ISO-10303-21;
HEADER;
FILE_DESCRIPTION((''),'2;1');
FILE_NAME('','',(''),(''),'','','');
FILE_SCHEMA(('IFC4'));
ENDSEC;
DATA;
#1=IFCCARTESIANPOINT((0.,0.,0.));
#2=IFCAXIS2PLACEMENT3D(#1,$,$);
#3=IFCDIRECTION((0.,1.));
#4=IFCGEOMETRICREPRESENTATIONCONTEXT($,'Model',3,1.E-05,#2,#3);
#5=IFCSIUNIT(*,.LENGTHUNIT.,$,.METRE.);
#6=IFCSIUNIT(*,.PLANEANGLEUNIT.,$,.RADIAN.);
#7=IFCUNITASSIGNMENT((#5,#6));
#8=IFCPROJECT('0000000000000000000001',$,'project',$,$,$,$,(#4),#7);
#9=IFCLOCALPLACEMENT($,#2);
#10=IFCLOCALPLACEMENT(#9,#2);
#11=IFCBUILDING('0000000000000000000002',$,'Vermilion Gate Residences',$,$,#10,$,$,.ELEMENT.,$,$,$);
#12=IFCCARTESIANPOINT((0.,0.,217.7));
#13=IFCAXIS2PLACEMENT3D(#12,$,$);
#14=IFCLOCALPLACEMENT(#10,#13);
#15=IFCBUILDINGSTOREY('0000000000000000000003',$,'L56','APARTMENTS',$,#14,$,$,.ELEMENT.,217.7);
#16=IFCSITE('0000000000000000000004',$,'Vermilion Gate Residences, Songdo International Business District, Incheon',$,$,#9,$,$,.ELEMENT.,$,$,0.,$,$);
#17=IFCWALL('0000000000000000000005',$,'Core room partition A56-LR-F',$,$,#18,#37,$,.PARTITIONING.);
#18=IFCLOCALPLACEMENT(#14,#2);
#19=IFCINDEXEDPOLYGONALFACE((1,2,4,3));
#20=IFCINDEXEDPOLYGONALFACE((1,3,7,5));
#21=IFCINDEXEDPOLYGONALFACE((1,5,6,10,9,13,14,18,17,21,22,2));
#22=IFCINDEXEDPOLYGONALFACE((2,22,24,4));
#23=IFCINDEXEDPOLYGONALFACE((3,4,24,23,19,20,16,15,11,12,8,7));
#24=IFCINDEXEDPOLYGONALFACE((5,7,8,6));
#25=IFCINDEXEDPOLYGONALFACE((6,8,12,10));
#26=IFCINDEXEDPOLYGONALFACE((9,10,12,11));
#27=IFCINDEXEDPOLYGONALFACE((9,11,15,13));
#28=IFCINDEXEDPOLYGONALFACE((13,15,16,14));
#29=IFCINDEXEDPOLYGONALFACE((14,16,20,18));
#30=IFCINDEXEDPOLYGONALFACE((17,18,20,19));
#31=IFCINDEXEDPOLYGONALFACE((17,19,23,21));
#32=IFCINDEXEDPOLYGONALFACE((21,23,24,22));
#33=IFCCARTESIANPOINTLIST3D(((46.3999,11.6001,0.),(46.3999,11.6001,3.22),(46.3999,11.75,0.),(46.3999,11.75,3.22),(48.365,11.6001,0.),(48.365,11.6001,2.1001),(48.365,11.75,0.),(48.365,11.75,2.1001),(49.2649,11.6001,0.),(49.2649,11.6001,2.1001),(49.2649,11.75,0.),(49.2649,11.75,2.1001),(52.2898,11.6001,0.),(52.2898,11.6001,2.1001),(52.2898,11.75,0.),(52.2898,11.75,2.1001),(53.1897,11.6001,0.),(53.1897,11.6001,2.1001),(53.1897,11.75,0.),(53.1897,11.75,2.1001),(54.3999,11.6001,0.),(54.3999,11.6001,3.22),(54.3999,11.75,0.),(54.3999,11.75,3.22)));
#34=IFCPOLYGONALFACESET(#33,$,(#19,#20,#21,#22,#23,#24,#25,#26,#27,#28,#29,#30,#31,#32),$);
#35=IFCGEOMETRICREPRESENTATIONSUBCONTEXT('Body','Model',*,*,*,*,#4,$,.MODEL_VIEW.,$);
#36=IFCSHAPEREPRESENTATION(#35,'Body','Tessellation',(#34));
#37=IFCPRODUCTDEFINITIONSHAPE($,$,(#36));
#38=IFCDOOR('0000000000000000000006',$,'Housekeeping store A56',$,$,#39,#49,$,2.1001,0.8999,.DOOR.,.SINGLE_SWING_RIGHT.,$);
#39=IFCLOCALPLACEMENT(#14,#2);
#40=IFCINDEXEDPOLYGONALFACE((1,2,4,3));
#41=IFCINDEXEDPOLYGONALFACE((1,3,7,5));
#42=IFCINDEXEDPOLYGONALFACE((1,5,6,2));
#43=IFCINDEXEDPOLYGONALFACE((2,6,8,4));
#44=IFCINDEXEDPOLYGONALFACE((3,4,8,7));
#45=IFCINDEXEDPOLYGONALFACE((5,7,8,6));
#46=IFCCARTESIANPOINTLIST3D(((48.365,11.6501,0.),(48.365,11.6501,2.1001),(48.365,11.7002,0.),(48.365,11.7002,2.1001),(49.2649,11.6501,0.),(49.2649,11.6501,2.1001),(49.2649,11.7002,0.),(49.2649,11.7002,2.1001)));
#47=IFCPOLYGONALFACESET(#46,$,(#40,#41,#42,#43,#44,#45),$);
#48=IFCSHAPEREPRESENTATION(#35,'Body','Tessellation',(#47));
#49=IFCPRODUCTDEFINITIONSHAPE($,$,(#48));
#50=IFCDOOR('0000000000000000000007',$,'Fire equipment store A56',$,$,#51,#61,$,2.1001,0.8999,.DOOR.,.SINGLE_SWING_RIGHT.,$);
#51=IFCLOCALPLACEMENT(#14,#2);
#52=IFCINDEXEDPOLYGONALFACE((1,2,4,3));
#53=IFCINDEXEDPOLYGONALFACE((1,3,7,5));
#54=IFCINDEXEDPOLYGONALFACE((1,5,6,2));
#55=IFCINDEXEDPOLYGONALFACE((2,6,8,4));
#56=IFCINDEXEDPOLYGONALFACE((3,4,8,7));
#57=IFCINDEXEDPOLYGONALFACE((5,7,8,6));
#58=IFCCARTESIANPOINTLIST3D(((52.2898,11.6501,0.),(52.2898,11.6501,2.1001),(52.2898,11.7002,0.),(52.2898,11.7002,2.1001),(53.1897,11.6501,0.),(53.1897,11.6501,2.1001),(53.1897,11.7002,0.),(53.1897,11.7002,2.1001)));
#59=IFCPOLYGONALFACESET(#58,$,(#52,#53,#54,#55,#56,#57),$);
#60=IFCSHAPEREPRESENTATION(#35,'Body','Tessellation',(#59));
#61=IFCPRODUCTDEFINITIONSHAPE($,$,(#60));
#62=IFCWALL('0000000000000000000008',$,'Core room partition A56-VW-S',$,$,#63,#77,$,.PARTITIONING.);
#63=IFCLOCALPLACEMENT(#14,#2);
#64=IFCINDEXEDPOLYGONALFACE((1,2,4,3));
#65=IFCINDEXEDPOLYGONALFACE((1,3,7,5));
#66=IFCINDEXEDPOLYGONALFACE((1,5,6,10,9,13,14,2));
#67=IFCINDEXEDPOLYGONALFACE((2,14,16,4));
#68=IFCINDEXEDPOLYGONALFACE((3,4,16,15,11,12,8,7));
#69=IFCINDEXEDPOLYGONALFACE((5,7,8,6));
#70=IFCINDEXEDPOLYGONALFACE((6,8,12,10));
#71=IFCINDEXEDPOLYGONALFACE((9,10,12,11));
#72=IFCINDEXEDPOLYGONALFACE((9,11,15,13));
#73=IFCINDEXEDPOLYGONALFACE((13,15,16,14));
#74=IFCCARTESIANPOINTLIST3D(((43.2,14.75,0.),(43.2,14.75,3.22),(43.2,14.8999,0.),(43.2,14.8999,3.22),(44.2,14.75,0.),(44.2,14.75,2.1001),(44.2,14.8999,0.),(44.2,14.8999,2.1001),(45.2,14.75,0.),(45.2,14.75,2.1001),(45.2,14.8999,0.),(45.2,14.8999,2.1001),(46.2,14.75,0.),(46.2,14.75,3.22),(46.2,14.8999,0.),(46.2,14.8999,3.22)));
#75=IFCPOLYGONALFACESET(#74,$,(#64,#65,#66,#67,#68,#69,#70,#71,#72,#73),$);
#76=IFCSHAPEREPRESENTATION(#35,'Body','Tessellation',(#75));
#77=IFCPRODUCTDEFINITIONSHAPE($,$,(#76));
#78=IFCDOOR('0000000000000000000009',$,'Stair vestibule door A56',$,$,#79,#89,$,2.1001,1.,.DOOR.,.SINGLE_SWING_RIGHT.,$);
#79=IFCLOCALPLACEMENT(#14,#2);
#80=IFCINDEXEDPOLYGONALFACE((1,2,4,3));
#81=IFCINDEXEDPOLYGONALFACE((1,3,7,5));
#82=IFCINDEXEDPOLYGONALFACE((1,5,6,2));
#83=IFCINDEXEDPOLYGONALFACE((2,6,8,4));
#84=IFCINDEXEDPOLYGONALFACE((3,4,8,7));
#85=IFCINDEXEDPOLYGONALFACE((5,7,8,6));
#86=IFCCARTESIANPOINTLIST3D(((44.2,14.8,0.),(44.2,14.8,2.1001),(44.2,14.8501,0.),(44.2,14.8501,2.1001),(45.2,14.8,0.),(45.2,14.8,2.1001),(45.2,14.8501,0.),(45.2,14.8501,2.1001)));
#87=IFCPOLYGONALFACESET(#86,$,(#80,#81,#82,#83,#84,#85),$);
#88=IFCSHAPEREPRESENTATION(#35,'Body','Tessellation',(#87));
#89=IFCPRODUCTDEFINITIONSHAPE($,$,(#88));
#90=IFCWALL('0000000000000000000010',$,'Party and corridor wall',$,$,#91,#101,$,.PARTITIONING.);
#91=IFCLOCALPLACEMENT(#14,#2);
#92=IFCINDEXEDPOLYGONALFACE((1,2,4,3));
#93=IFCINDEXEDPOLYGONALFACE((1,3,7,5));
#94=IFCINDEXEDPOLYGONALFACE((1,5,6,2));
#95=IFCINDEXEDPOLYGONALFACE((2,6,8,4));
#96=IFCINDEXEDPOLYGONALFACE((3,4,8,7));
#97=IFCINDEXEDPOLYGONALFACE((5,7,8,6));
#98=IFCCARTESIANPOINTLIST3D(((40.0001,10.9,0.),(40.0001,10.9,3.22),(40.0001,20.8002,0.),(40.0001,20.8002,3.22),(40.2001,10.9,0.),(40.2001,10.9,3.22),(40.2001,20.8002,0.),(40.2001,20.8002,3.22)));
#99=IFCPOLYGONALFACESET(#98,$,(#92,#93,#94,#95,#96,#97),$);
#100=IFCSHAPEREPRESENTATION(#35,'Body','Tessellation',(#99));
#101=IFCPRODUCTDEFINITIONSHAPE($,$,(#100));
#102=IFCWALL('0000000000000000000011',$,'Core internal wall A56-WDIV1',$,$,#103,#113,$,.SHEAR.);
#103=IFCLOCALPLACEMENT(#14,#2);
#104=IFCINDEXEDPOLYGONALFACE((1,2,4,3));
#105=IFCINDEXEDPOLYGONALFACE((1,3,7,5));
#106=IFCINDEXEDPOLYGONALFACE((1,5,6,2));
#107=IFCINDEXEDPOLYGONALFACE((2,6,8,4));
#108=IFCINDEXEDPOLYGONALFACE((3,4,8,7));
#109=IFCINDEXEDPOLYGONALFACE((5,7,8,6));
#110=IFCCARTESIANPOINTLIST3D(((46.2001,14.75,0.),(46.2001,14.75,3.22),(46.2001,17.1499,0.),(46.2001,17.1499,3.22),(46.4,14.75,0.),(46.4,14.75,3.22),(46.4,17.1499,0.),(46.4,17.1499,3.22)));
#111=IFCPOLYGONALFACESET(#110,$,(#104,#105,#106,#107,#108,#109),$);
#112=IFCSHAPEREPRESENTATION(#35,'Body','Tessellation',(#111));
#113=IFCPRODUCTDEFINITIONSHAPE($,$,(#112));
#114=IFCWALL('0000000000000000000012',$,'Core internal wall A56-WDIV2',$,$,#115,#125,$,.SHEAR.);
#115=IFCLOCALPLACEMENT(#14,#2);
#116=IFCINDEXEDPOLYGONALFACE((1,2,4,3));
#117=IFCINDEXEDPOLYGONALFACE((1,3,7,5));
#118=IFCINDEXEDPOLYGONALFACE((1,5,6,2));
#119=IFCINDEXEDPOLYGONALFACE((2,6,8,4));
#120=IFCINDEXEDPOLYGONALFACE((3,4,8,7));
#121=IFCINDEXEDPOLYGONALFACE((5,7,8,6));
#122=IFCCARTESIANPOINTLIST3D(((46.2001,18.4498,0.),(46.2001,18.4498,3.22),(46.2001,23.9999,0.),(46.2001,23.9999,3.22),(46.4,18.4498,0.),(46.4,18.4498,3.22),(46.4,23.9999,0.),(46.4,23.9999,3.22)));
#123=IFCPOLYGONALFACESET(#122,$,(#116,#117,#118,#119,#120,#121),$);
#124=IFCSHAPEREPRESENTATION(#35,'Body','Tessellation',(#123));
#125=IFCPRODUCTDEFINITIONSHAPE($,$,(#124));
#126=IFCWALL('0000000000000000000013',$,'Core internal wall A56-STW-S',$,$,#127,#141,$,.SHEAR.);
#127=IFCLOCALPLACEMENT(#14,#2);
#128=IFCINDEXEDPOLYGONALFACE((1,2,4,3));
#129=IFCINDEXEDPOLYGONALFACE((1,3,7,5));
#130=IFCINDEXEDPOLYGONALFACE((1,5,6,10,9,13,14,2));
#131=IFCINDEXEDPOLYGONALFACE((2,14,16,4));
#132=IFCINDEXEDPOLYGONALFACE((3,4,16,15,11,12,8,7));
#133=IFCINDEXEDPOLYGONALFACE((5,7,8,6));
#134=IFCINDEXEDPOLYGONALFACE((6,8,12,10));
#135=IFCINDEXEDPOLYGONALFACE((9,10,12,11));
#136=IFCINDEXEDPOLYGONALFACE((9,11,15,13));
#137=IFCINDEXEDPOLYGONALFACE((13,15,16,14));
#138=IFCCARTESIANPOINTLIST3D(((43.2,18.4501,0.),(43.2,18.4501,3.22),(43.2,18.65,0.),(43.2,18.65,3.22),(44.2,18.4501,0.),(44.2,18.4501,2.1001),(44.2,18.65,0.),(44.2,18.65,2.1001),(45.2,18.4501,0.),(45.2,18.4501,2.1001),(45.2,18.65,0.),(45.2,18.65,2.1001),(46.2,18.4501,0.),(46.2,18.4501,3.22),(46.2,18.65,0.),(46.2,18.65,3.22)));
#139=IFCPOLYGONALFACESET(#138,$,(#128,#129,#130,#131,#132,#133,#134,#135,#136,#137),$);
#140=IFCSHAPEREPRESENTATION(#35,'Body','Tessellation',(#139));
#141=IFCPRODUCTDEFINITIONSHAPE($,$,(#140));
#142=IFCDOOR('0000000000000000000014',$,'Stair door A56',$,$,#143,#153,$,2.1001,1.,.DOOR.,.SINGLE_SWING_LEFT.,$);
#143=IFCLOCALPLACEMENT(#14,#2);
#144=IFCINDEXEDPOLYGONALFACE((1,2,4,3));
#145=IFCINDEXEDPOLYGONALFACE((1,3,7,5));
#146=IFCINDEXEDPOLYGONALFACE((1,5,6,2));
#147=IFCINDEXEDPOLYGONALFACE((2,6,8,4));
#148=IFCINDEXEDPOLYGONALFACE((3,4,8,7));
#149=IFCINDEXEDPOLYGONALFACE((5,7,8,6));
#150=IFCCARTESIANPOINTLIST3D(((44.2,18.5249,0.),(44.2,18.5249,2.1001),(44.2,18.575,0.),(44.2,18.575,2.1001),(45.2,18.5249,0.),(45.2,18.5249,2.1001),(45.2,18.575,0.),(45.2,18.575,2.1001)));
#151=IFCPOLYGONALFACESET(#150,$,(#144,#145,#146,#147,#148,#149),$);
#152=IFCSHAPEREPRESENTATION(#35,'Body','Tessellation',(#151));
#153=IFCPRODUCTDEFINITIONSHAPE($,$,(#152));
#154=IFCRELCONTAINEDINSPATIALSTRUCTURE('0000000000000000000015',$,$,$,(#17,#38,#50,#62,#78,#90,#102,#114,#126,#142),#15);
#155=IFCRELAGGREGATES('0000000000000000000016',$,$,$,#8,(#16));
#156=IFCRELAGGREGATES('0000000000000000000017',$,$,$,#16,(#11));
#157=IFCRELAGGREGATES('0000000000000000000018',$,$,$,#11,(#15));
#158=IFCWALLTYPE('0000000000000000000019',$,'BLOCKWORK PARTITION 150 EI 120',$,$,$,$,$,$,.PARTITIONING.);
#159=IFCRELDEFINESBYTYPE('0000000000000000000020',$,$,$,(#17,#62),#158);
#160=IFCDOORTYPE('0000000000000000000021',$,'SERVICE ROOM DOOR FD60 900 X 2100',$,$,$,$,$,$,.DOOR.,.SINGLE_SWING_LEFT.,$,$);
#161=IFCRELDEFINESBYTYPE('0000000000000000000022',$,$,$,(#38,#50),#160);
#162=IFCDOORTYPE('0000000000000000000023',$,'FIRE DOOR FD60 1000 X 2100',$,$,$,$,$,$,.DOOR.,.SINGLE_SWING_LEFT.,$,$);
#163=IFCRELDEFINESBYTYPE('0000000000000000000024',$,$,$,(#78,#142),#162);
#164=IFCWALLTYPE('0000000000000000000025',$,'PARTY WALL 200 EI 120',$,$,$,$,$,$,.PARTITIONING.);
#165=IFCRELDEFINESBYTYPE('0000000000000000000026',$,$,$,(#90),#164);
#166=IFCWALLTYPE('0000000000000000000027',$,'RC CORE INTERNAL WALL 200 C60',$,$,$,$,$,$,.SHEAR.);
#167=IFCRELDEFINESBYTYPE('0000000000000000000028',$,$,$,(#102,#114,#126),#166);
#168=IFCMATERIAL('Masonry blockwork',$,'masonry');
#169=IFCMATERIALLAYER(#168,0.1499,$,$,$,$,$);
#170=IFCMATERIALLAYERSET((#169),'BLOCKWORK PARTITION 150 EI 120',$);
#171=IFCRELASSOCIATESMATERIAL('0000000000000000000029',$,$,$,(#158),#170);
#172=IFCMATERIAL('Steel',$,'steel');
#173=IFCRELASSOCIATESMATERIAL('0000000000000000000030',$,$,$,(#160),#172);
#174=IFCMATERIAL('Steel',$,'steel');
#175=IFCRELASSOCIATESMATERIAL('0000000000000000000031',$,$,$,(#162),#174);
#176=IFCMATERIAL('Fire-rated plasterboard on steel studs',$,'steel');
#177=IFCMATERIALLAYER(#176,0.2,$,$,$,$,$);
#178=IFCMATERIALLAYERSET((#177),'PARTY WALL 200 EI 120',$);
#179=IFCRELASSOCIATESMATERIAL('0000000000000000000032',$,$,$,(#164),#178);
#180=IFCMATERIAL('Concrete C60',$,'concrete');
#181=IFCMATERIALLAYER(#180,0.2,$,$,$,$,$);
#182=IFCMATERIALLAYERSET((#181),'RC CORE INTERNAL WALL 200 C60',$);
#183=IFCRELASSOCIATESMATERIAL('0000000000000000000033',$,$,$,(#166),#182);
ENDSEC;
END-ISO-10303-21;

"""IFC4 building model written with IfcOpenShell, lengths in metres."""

from ifc_helpers import new_model, si_unit, direction, frame, frame_2d, origin, place, context, subcontext, project, spatial, rectangle, extrude, material, layer, layer_set, type_object, element, fill, save


model = new_model("IFC4")

# Units and contexts
model_context = context("Model", 3, precision=1e-05, world=origin(), true_north=direction((0.0, 1.0)))
body_context = subcontext(model_context, "Body", "Model", "MODEL_VIEW")
ifc_project = project(units=[si_unit("LENGTHUNIT", "METRE"), si_unit("PLANEANGLEUNIT", "RADIAN")], contexts=[model_context])

# Site, building, storey
site_placement = place(None, origin())
site = spatial("IfcSite", under=ifc_project, at=site_placement, Name="Vermilion Gate Residences, Songdo International Business District, Incheon", CompositionType="ELEMENT", RefElevation=0.0)
building_placement = place(site_placement, origin())
building = spatial("IfcBuilding", under=site, at=building_placement, Name="Vermilion Gate Residences", CompositionType="ELEMENT")
storey_placement = place(building_placement, frame((0.0, 0.0, 217.7)))
storey = spatial("IfcBuildingStorey", under=building, at=storey_placement, Name="L56", Description="APARTMENTS", CompositionType="ELEMENT", Elevation=217.7)

# Wall, openings, doors
ifc_material_1 = material(Name="Masonry blockwork", Category="masonry")
ifc_layer_1 = layer(ifc_material_1, 0.1499)
ifc_layer_set_1 = layer_set([ifc_layer_1], Name="BLOCKWORK PARTITION 150 EI 120")
wall_type_1 = type_object("IfcWallType", Name="BLOCKWORK PARTITION 150 EI 120", PredefinedType="PARTITIONING", material=ifc_layer_set_1)
wall_1_placement = place(storey_placement, frame((46.3999, 11.675, 0.0), z_axis=(0.0, 0.0, 1.0), x_axis=(1.0, 0.0, 0.0)))
wall_1 = element("IfcWall", 1, at=wall_1_placement, inside=storey, type_object=wall_type_1, Name="Core room partition A56-LR-F", PredefinedType="PARTITIONING", context=body_context, shape_type="SweptSolid", body=[
    extrude(rectangle(XDim=8.0, YDim=0.1499, at=frame_2d((4.0, 0.0))), origin(), (0.0, 0.0, 1.0), 3.22),
])
opening_1_placement = place(wall_1_placement, frame((1.9651, 0.0, 0.0)))
opening_1 = element("IfcOpeningElement", 2, at=opening_1_placement, cuts=wall_1, PredefinedType="OPENING", context=body_context, shape_type="SweptSolid", body=[
    extrude(rectangle(XDim=0.8999, YDim=2.1001, at=frame_2d((0.45, 1.05))), frame((0.0, 0.085, 0.0), z_axis=(0.0, -1.0, 0.0), x_axis=(1.0, 0.0, 0.0)), (0.0, 0.0, 1.0), 0.1699),
])
opening_2_placement = place(wall_1_placement, frame((5.8899, 0.0, 0.0)))
opening_2 = element("IfcOpeningElement", 3, at=opening_2_placement, cuts=wall_1, PredefinedType="OPENING", context=body_context, shape_type="SweptSolid", body=[
    extrude(rectangle(XDim=0.8999, YDim=2.1001, at=frame_2d((0.45, 1.05))), frame((0.0, 0.085, 0.0), z_axis=(0.0, -1.0, 0.0), x_axis=(1.0, 0.0, 0.0)), (0.0, 0.0, 1.0), 0.1699),
])
ifc_material_2 = material(Name="Steel", Category="steel")
door_type_1 = type_object("IfcDoorType", Name="SERVICE ROOM DOOR FD60 900 X 2100", OperationType="SINGLE_SWING_LEFT", PredefinedType="DOOR", material=ifc_material_2)
door_1_placement = place(opening_1_placement, frame((0.8999, 0.0, 0.0), z_axis=(0.0, 0.0, 1.0), x_axis=(-1.0, 0.0, 0.0)))
door_1 = element("IfcDoor", 4, at=door_1_placement, inside=storey, type_object=door_type_1, Name="Housekeeping store A56", OperationType="SINGLE_SWING_RIGHT", OverallHeight=2.1001, OverallWidth=0.8999, PredefinedType="DOOR", context=body_context, shape_type="SweptSolid", body=[
    extrude(rectangle(XDim=0.8999, YDim=2.1001, at=frame_2d((0.45, 1.05))), frame((0.0, 0.0249, 0.0), z_axis=(0.0, -1.0, 0.0), x_axis=(1.0, 0.0, 0.0)), (0.0, 0.0, 1.0), 0.05),
])
fill(opening_1, door_1)
door_2_placement = place(opening_2_placement, frame((0.8999, 0.0, 0.0), z_axis=(0.0, 0.0, 1.0), x_axis=(-1.0, 0.0, 0.0)))
door_2 = element("IfcDoor", 5, at=door_2_placement, inside=storey, type_object=door_type_1, Name="Fire equipment store A56", OperationType="SINGLE_SWING_RIGHT", OverallHeight=2.1001, OverallWidth=0.8999, PredefinedType="DOOR", context=body_context, shape_type="SweptSolid", body=[
    extrude(rectangle(XDim=0.8999, YDim=2.1001, at=frame_2d((0.45, 1.05))), frame((0.0, 0.0249, 0.0), z_axis=(0.0, -1.0, 0.0), x_axis=(1.0, 0.0, 0.0)), (0.0, 0.0, 1.0), 0.05),
])
fill(opening_2, door_2)

# Wall, opening, door
wall_2_placement = place(storey_placement, frame((43.2, 14.825, 0.0), z_axis=(0.0, 0.0, 1.0), x_axis=(1.0, 0.0, 0.0)))
wall_2 = element("IfcWall", 6, at=wall_2_placement, inside=storey, type_object=wall_type_1, Name="Core room partition A56-VW-S", PredefinedType="PARTITIONING", context=body_context, shape_type="SweptSolid", body=[
    extrude(rectangle(XDim=3.0, YDim=0.1499, at=frame_2d((1.5, 0.0))), origin(), (0.0, 0.0, 1.0), 3.22),
])
opening_3_placement = place(wall_2_placement, frame((1.0, 0.0, 0.0)))
opening_3 = element("IfcOpeningElement", 7, at=opening_3_placement, cuts=wall_2, PredefinedType="OPENING", context=body_context, shape_type="SweptSolid", body=[
    extrude(rectangle(XDim=1.0, YDim=2.1001, at=frame_2d((0.5, 1.05))), frame((0.0, 0.085, 0.0), z_axis=(0.0, -1.0, 0.0), x_axis=(1.0, 0.0, 0.0)), (0.0, 0.0, 1.0), 0.1699),
])
ifc_material_3 = material(Name="Steel", Category="steel")
door_type_2 = type_object("IfcDoorType", Name="FIRE DOOR FD60 1000 X 2100", OperationType="SINGLE_SWING_LEFT", PredefinedType="DOOR", material=ifc_material_3)
door_3_placement = place(opening_3_placement, frame((1.0, 0.0, 0.0), z_axis=(0.0, 0.0, 1.0), x_axis=(-1.0, 0.0, 0.0)))
door_3 = element("IfcDoor", 8, at=door_3_placement, inside=storey, type_object=door_type_2, Name="Stair vestibule door A56", OperationType="SINGLE_SWING_RIGHT", OverallHeight=2.1001, OverallWidth=1.0, PredefinedType="DOOR", context=body_context, shape_type="SweptSolid", body=[
    extrude(rectangle(XDim=1.0, YDim=2.1001, at=frame_2d((0.5, 1.05))), frame((0.0, 0.0249, 0.0), z_axis=(0.0, -1.0, 0.0), x_axis=(1.0, 0.0, 0.0)), (0.0, 0.0, 1.0), 0.05),
])
fill(opening_3, door_3)

# Walls
ifc_material_4 = material(Name="Fire-rated plasterboard on steel studs", Category="steel")
ifc_layer_2 = layer(ifc_material_4, 0.2)
ifc_layer_set_2 = layer_set([ifc_layer_2], Name="PARTY WALL 200 EI 120")
wall_type_2 = type_object("IfcWallType", Name="PARTY WALL 200 EI 120", PredefinedType="PARTITIONING", material=ifc_layer_set_2)
wall_3_placement = place(storey_placement, frame((40.1001, 10.8999, 0.0), z_axis=(0.0, 0.0, 1.0), x_axis=(0.0, 1.0, 0.0)))
element("IfcWall", 9, at=wall_3_placement, inside=storey, type_object=wall_type_2, Name="Party and corridor wall", PredefinedType="PARTITIONING", context=body_context, shape_type="SweptSolid", body=[
    extrude(rectangle(XDim=9.9001, YDim=0.2, at=frame_2d((4.9502, 0.0))), origin(), (0.0, 0.0, 1.0), 3.22),
])
ifc_material_5 = material(Name="Concrete C60", Category="concrete")
ifc_layer_3 = layer(ifc_material_5, 0.2)
ifc_layer_set_3 = layer_set([ifc_layer_3], Name="RC CORE INTERNAL WALL 200 C60")
wall_type_3 = type_object("IfcWallType", Name="RC CORE INTERNAL WALL 200 C60", PredefinedType="SHEAR", material=ifc_layer_set_3)
wall_4_placement = place(storey_placement, frame((46.3, 14.75, 0.0), z_axis=(0.0, 0.0, 1.0), x_axis=(0.0, 1.0, 0.0)))
element("IfcWall", 10, at=wall_4_placement, inside=storey, type_object=wall_type_3, Name="Core internal wall A56-WDIV1", PredefinedType="SHEAR", context=body_context, shape_type="SweptSolid", body=[
    extrude(rectangle(XDim=2.3999, YDim=0.2, at=frame_2d((1.2, 0.0))), origin(), (0.0, 0.0, 1.0), 3.22),
])
wall_5_placement = place(storey_placement, frame((46.3, 18.45, 0.0), z_axis=(0.0, 0.0, 1.0), x_axis=(0.0, 1.0, 0.0)))
element("IfcWall", 11, at=wall_5_placement, inside=storey, type_object=wall_type_3, Name="Core internal wall A56-WDIV2", PredefinedType="SHEAR", context=body_context, shape_type="SweptSolid", body=[
    extrude(rectangle(XDim=5.55, YDim=0.2, at=frame_2d((2.7749, 0.0))), origin(), (0.0, 0.0, 1.0), 3.22),
])

# Wall, opening, door
wall_6_placement = place(storey_placement, frame((43.2, 18.55, 0.0), z_axis=(0.0, 0.0, 1.0), x_axis=(1.0, 0.0, 0.0)))
wall_6 = element("IfcWall", 12, at=wall_6_placement, inside=storey, type_object=wall_type_3, Name="Core internal wall A56-STW-S", PredefinedType="SHEAR", context=body_context, shape_type="SweptSolid", body=[
    extrude(rectangle(XDim=3.0, YDim=0.2, at=frame_2d((1.5, 0.0))), origin(), (0.0, 0.0, 1.0), 3.22),
])
opening_4_placement = place(wall_6_placement, frame((1.0, 0.0, 0.0)))
opening_4 = element("IfcOpeningElement", 13, at=opening_4_placement, cuts=wall_6, PredefinedType="OPENING", context=body_context, shape_type="SweptSolid", body=[
    extrude(rectangle(XDim=1.0, YDim=2.1001, at=frame_2d((0.5, 1.05))), frame((0.0, 0.1099, 0.0), z_axis=(0.0, -1.0, 0.0), x_axis=(1.0, 0.0, 0.0)), (0.0, 0.0, 1.0), 0.22),
])
door_4_placement = place(opening_4_placement, origin())
door_4 = element("IfcDoor", 14, at=door_4_placement, inside=storey, type_object=door_type_2, Name="Stair door A56", OperationType="SINGLE_SWING_LEFT", OverallHeight=2.1001, OverallWidth=1.0, PredefinedType="DOOR", context=body_context, shape_type="SweptSolid", body=[
    extrude(rectangle(XDim=1.0, YDim=2.1001, at=frame_2d((0.5, 1.05))), frame((0.0, 0.0249, 0.0), z_axis=(0.0, -1.0, 0.0), x_axis=(1.0, 0.0, 0.0)), (0.0, 0.0, 1.0), 0.05),
])
fill(opening_4, door_4)

save(model, "model.ifc")
